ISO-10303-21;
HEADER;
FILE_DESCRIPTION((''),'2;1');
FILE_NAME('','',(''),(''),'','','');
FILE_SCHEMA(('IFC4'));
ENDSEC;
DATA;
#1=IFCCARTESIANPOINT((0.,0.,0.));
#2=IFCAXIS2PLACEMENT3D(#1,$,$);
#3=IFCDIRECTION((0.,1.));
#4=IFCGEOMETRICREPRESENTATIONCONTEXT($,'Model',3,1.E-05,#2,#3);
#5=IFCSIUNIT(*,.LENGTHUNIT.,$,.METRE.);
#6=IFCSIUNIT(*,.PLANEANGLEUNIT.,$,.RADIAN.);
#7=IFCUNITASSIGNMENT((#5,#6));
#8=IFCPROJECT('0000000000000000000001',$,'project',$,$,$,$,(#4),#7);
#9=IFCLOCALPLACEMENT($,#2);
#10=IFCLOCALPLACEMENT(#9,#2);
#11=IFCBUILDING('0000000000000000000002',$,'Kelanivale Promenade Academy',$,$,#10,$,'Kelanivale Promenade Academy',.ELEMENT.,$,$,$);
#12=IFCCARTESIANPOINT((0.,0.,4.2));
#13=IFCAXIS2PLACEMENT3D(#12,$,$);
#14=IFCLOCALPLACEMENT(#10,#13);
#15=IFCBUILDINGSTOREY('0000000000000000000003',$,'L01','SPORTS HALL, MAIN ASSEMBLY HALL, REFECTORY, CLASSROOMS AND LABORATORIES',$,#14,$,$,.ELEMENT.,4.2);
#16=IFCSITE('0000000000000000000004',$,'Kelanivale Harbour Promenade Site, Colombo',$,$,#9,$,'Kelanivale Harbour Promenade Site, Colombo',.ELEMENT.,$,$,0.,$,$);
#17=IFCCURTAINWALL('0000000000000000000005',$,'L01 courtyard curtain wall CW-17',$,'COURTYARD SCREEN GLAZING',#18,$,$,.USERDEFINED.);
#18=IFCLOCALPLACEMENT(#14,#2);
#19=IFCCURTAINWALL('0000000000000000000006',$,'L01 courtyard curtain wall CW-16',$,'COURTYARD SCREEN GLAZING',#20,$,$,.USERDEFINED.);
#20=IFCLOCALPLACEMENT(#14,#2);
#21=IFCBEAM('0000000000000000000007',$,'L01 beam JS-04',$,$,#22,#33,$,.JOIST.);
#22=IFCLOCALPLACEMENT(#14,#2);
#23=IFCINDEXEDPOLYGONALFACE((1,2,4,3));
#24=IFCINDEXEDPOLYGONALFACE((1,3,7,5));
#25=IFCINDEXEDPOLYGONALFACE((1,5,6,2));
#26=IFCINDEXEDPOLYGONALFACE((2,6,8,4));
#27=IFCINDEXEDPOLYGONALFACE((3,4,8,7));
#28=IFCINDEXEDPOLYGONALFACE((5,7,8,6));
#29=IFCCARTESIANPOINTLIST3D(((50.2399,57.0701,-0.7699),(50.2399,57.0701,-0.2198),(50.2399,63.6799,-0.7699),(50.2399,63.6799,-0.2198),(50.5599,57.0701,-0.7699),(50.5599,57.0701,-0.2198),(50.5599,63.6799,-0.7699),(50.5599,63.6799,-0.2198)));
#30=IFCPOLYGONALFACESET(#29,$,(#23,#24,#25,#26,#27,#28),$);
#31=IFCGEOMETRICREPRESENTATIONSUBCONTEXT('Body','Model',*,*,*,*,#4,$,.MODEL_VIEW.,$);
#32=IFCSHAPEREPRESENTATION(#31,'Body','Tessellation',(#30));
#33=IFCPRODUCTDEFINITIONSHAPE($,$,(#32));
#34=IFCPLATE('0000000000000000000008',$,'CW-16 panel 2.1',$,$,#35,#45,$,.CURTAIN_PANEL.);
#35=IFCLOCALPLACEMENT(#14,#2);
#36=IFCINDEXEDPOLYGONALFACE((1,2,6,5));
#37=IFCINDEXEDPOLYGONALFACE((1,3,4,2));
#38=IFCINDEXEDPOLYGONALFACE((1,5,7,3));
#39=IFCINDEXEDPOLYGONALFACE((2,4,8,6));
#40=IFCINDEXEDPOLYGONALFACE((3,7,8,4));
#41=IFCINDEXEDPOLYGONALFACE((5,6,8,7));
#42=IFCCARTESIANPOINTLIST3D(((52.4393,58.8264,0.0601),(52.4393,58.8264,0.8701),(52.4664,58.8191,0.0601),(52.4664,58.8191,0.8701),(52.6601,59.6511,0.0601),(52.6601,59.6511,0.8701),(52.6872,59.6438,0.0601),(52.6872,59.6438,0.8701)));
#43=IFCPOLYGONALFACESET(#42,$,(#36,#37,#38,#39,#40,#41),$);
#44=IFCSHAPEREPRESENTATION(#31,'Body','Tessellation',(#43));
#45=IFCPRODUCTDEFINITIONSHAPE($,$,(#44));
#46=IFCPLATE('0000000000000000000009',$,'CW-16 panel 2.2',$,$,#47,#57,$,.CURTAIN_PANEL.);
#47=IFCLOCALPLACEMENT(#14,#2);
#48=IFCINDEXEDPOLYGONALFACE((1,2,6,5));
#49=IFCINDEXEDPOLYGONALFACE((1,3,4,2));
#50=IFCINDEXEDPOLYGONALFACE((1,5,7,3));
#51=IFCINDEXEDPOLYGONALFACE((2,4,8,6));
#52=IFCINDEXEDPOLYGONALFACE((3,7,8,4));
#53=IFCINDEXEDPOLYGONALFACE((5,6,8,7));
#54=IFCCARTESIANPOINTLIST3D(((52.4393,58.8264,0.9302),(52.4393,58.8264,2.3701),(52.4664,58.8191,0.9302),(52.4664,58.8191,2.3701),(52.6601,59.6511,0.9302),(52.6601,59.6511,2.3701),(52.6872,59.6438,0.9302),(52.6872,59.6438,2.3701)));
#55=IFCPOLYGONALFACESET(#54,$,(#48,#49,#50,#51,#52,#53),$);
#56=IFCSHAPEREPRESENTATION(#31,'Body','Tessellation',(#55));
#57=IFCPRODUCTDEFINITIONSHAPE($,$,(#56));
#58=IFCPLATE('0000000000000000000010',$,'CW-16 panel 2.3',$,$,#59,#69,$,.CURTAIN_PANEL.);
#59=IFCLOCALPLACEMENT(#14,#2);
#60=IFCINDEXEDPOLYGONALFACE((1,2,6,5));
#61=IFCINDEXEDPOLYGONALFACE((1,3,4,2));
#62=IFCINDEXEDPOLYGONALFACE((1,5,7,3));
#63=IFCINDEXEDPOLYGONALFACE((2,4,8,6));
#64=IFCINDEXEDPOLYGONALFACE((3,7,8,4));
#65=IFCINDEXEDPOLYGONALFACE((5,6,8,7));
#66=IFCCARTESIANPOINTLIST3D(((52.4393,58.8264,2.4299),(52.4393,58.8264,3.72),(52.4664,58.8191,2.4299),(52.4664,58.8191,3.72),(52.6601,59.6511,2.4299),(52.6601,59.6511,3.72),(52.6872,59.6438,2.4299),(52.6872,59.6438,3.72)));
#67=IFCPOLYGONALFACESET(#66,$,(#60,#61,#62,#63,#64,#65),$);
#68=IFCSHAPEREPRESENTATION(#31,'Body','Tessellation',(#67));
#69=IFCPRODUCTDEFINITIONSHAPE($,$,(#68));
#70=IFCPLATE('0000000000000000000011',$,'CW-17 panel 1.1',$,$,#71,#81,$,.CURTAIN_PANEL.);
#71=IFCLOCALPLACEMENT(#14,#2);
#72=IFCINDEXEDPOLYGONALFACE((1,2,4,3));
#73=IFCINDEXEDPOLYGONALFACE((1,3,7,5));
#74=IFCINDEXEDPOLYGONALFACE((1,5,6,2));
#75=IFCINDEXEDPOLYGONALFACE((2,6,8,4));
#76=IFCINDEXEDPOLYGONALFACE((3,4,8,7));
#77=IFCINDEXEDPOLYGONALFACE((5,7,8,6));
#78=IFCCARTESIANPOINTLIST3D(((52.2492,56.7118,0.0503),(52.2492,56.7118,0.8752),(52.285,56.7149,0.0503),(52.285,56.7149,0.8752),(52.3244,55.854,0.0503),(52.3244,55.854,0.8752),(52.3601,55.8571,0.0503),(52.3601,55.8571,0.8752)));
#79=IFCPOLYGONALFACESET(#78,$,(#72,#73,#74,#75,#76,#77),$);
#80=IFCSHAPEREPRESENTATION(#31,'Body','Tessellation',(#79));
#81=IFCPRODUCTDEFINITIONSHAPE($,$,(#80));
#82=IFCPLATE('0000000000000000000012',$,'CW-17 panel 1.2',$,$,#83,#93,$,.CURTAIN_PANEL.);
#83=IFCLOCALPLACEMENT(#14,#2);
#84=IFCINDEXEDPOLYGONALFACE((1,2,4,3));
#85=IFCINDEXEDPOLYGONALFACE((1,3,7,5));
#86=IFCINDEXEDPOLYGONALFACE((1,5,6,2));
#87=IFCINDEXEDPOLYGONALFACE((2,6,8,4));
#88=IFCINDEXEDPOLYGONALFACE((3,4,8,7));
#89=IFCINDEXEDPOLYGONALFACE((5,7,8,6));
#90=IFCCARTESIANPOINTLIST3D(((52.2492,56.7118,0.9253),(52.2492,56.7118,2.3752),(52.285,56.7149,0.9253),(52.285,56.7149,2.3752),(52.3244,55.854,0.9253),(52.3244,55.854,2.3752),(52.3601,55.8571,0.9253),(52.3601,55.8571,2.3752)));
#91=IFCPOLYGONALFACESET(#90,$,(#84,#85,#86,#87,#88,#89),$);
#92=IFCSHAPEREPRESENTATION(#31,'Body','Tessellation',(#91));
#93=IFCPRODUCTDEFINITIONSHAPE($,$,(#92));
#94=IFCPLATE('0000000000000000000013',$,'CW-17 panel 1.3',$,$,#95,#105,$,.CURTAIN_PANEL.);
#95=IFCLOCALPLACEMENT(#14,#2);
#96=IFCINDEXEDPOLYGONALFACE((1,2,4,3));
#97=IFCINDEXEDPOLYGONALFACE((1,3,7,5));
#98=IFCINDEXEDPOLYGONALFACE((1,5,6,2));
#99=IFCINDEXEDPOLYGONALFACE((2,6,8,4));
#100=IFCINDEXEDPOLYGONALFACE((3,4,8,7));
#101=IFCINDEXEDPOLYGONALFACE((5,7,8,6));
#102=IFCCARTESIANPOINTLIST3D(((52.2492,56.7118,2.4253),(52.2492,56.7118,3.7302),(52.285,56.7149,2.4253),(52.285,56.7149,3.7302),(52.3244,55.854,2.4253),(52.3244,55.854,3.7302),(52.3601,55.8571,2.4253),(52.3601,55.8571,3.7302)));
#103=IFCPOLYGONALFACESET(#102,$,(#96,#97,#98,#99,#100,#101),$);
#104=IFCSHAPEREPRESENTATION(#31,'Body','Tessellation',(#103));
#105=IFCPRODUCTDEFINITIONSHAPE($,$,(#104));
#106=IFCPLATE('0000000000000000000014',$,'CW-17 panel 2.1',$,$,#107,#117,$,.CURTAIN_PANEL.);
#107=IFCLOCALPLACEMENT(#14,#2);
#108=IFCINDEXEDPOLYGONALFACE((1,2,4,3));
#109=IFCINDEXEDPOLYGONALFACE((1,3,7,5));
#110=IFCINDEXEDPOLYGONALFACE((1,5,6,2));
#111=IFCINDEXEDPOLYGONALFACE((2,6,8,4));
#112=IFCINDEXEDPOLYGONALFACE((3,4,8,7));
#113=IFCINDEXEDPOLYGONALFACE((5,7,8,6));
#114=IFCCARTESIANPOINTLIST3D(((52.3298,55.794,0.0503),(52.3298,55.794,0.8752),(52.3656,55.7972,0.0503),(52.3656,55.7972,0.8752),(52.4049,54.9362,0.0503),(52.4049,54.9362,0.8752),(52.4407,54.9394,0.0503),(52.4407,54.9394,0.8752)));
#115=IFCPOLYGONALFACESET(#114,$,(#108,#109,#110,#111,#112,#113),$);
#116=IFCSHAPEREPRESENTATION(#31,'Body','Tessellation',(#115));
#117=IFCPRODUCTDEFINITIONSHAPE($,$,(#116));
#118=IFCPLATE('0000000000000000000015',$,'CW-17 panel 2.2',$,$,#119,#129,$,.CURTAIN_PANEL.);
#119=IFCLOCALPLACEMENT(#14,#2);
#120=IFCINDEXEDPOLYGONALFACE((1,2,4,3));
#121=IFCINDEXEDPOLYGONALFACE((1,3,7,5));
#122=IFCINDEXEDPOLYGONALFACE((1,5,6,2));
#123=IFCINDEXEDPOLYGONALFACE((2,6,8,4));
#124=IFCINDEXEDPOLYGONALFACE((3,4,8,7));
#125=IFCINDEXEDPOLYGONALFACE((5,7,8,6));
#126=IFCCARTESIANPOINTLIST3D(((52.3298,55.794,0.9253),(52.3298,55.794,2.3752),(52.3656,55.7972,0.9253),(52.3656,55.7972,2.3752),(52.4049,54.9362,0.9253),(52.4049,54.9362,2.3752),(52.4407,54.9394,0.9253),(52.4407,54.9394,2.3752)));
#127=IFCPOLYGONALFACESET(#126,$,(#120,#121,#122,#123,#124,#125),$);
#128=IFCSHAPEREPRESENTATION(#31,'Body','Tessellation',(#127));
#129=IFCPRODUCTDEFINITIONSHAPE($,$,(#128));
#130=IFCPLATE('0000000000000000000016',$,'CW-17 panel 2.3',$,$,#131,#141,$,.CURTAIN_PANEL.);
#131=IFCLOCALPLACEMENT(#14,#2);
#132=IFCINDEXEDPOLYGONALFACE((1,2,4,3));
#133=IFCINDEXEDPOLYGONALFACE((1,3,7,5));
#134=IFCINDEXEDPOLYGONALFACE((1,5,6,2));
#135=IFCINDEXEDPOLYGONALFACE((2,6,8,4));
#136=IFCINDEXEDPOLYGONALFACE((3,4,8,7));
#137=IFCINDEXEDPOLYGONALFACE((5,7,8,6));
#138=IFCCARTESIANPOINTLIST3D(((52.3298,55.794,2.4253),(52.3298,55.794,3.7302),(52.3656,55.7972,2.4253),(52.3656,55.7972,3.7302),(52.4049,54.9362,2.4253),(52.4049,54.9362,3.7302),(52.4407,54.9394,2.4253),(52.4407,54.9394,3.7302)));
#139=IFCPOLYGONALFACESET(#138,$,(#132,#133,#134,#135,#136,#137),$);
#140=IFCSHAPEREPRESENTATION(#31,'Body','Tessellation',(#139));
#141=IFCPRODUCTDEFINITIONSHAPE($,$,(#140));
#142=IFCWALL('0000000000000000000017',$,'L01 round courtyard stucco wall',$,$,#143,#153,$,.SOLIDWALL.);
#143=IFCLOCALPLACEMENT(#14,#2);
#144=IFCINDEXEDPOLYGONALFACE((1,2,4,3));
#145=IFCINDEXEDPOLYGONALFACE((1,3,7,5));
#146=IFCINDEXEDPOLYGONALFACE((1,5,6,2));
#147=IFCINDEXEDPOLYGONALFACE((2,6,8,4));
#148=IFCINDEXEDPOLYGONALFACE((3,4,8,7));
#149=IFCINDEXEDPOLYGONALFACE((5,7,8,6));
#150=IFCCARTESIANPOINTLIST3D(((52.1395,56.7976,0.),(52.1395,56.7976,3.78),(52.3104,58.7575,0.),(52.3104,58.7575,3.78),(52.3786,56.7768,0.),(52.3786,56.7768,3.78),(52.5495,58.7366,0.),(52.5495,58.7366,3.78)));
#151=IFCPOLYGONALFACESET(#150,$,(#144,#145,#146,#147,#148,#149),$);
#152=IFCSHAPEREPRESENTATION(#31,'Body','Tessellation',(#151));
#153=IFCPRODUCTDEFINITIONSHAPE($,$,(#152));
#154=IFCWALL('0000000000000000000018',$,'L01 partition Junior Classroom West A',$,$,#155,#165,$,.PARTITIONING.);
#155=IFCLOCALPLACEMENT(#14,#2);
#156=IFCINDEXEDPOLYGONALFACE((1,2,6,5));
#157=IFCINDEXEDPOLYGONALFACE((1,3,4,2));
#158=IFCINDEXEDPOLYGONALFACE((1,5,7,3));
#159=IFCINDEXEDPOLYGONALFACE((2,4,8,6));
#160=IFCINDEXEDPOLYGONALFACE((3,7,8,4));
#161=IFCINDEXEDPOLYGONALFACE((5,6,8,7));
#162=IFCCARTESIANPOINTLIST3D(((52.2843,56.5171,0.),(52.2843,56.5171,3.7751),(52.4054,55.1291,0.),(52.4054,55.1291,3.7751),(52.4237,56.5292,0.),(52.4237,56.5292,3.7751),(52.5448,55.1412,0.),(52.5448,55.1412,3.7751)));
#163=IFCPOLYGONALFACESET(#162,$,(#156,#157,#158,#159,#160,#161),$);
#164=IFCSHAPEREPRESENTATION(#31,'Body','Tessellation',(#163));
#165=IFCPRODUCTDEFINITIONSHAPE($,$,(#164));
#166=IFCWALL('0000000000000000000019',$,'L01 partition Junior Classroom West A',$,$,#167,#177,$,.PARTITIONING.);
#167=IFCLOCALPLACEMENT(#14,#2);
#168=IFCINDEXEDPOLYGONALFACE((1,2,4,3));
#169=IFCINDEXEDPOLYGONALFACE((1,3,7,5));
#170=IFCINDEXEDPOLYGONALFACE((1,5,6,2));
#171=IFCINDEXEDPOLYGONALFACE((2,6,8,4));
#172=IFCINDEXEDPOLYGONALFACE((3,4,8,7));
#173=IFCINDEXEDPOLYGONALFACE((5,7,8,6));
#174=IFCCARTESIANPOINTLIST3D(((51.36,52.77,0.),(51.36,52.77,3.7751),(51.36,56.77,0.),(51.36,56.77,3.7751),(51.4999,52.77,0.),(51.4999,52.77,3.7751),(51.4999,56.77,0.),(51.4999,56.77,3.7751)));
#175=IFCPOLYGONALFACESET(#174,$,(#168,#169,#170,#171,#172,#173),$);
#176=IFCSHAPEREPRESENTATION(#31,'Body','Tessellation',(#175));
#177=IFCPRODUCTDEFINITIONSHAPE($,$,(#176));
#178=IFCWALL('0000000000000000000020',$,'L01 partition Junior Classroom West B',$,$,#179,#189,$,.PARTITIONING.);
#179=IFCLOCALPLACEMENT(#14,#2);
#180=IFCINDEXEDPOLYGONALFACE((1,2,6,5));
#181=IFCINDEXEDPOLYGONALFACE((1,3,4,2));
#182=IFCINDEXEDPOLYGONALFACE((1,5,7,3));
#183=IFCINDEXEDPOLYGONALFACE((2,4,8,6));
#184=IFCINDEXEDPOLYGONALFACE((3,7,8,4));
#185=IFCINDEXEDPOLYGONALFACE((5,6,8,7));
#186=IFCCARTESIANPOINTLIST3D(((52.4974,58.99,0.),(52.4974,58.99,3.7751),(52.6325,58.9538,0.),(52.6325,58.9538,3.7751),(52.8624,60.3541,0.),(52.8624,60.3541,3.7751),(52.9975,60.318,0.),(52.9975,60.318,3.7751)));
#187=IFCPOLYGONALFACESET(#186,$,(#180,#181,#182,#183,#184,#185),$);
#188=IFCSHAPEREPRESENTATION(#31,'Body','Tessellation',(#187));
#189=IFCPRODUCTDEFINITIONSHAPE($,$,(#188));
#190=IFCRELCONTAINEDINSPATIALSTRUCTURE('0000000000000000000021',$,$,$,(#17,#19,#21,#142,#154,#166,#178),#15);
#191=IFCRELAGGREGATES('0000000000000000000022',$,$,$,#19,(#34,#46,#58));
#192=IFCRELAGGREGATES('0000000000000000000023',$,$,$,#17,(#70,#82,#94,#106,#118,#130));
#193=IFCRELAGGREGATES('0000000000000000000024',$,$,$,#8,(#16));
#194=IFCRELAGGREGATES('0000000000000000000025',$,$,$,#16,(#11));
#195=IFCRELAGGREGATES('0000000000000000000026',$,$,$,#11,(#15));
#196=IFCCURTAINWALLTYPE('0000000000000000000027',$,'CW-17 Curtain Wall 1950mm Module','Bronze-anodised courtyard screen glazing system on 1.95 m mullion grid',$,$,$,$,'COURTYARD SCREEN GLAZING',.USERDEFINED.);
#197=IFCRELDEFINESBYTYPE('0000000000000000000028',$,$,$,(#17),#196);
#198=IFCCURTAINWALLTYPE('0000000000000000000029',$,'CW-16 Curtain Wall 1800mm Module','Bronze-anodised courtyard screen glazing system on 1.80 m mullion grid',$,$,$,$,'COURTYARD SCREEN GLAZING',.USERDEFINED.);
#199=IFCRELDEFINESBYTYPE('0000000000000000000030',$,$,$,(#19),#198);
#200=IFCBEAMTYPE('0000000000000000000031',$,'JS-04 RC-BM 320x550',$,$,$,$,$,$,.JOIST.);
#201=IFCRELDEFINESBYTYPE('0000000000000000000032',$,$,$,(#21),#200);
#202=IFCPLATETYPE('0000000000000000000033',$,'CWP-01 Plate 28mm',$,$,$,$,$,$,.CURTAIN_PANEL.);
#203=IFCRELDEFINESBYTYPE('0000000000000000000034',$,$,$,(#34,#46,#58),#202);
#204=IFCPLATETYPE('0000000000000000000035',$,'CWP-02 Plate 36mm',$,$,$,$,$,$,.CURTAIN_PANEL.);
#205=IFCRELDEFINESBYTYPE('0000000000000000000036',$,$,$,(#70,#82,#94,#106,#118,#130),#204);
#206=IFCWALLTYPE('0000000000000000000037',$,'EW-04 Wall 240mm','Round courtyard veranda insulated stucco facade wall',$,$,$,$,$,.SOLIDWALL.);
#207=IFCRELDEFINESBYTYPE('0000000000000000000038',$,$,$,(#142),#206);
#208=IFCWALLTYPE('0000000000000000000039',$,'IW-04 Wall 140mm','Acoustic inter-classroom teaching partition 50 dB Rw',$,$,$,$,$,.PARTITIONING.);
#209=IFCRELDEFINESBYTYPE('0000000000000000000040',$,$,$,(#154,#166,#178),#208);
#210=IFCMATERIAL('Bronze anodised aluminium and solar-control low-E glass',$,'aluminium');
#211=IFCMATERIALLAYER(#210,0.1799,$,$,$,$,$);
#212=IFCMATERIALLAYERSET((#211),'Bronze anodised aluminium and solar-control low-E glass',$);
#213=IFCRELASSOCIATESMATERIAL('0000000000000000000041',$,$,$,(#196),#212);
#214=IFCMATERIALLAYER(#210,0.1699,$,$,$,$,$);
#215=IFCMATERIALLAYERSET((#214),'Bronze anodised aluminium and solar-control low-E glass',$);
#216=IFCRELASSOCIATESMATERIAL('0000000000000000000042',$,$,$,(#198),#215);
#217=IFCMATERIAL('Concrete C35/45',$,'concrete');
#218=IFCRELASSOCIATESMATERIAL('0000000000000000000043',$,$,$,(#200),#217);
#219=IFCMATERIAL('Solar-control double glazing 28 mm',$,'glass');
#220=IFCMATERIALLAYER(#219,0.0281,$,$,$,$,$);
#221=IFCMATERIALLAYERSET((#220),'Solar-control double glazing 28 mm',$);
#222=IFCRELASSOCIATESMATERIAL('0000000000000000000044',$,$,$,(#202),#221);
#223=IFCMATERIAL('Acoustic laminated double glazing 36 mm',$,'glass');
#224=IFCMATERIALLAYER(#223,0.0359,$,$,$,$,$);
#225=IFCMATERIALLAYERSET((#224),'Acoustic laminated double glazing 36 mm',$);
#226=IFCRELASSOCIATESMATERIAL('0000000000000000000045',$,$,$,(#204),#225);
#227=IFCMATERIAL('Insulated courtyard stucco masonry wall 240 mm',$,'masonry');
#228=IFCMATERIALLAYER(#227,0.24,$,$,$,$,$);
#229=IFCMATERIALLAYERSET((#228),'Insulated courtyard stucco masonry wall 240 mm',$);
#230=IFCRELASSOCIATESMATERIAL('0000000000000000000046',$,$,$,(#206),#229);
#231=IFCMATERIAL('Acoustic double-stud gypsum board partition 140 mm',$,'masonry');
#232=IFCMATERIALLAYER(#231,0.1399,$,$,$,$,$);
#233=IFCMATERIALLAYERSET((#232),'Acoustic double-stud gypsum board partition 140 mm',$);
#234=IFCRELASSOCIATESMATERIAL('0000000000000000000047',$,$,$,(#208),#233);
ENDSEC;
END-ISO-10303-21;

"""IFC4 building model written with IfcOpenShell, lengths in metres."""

from ifc_helpers import new_model, si_unit, direction, frame, frame_2d, origin, origin_2d, place, context, subcontext, project, spatial, rectangle, extrude, material, layer, layer_set, material_profile, profile_set, type_object, element, aggregate, save


model = new_model("IFC4")

# Units and contexts
model_context = context("Model", 3, precision=1e-05, world=origin(), true_north=direction((0.0, 1.0)))
body_context = subcontext(model_context, "Body", "Model", "MODEL_VIEW")
ifc_project = project(units=[si_unit("LENGTHUNIT", "METRE"), si_unit("PLANEANGLEUNIT", "RADIAN")], contexts=[model_context])

# Site, building, storey
site_placement = place(None, origin())
site = spatial("IfcSite", under=ifc_project, at=site_placement, Name="Kelanivale Harbour Promenade Site, Colombo", LongName="Kelanivale Harbour Promenade Site, Colombo", CompositionType="ELEMENT", RefElevation=0.0)
building_placement = place(site_placement, origin())
building = spatial("IfcBuilding", under=site, at=building_placement, Name="Kelanivale Promenade Academy", LongName="Kelanivale Promenade Academy", CompositionType="ELEMENT")
storey_placement = place(building_placement, frame((0.0, 0.0, 4.2)))
storey = spatial("IfcBuildingStorey", under=building, at=storey_placement, Name="L01", Description="SPORTS HALL, MAIN ASSEMBLY HALL, REFECTORY, CLASSROOMS AND LABORATORIES", CompositionType="ELEMENT", Elevation=4.2)

# Curtain wall
ifc_material_1 = material(Name="Bronze anodised aluminium and solar-control low-E glass", Category="aluminium")
ifc_layer_1 = layer(ifc_material_1, 0.1799)
ifc_layer_set_1 = layer_set([ifc_layer_1], Name="Bronze anodised aluminium and solar-control low-E glass")
curtain_wall_type_1 = type_object("IfcCurtainWallType", Name="CW-17 Curtain Wall 1950mm Module", Description="Bronze-anodised courtyard screen glazing system on 1.95 m mullion grid", ElementType="COURTYARD SCREEN GLAZING", PredefinedType="USERDEFINED", material=ifc_layer_set_1)
curtain_wall_1_placement = place(storey_placement, origin())
curtain_wall_1 = element("IfcCurtainWall", 1, at=curtain_wall_1_placement, inside=storey, type_object=curtain_wall_type_1, Name="L01 courtyard curtain wall CW-17", ObjectType="COURTYARD SCREEN GLAZING", PredefinedType="USERDEFINED")

# Curtain wall
ifc_layer_2 = layer(ifc_material_1, 0.1699)
ifc_layer_set_2 = layer_set([ifc_layer_2], Name="Bronze anodised aluminium and solar-control low-E glass")
curtain_wall_type_2 = type_object("IfcCurtainWallType", Name="CW-16 Curtain Wall 1800mm Module", Description="Bronze-anodised courtyard screen glazing system on 1.80 m mullion grid", ElementType="COURTYARD SCREEN GLAZING", PredefinedType="USERDEFINED", material=ifc_layer_set_2)
curtain_wall_2_placement = place(storey_placement, origin())
curtain_wall_2 = element("IfcCurtainWall", 2, at=curtain_wall_2_placement, inside=storey, type_object=curtain_wall_type_2, Name="L01 courtyard curtain wall CW-16", ObjectType="COURTYARD SCREEN GLAZING", PredefinedType="USERDEFINED")

# Beam
ifc_material_2 = material(Name="Concrete C35/45", Category="concrete")
ifc_material_profile_1 = material_profile(ifc_material_2, rectangle(XDim=0.3201, YDim=0.55, at=origin_2d()), Name="RC-BM 320x550")
ifc_profile_set_1 = profile_set([ifc_material_profile_1], Name="Concrete C35/45")
beam_type = type_object("IfcBeamType", Name="JS-04 RC-BM 320x550", PredefinedType="JOIST", material=ifc_profile_set_1)
beam_placement = place(storey_placement, frame((50.3999, 57.0701, -0.4949), z_axis=(0.0, 1.0, 0.0), x_axis=(-1.0, 0.0, 0.0)))
element("IfcBeam", 3, at=beam_placement, inside=storey, type_object=beam_type, Name="L01 beam JS-04", PredefinedType="JOIST", context=body_context, shape_type="SweptSolid", body=[
    extrude(rectangle(XDim=0.3201, YDim=0.55, at=origin_2d()), origin(), (0.0, 0.0, 1.0), 6.6099),
])

# Plates
ifc_material_3 = material(Name="Solar-control double glazing 28 mm", Category="glass")
ifc_layer_3 = layer(ifc_material_3, 0.0281)
ifc_layer_set_3 = layer_set([ifc_layer_3], Name="Solar-control double glazing 28 mm")
plate_type_1 = type_object("IfcPlateType", Name="CWP-01 Plate 28mm", PredefinedType="CURTAIN_PANEL", material=ifc_layer_set_3)
plate_1_placement = place(storey_placement, frame((52.5632, 59.2351, 0.0601), z_axis=(0.0, 0.0, 1.0), x_axis=(-0.258578, -0.96599, 0.0)))
plate_1 = element("IfcPlate", 4, at=plate_1_placement, type_object=plate_type_1, Name="CW-16 panel 2.1", PredefinedType="CURTAIN_PANEL", context=body_context, shape_type="SweptSolid", body=[
    extrude(rectangle(XDim=0.8538, YDim=0.0281, at=origin_2d()), origin(), (0.0, 0.0, 1.0), 0.8101),
])
plate_2_placement = place(storey_placement, frame((52.5632, 59.2351, 0.9302), z_axis=(0.0, 0.0, 1.0), x_axis=(-0.258578, -0.96599, 0.0)))
plate_2 = element("IfcPlate", 5, at=plate_2_placement, type_object=plate_type_1, Name="CW-16 panel 2.2", PredefinedType="CURTAIN_PANEL", context=body_context, shape_type="SweptSolid", body=[
    extrude(rectangle(XDim=0.8538, YDim=0.0281, at=origin_2d()), origin(), (0.0, 0.0, 1.0), 1.4399),
])
plate_3_placement = place(storey_placement, frame((52.5632, 59.2351, 2.4299), z_axis=(0.0, 0.0, 1.0), x_axis=(-0.258578, -0.96599, 0.0)))
plate_3 = element("IfcPlate", 6, at=plate_3_placement, type_object=plate_type_1, Name="CW-16 panel 2.3", PredefinedType="CURTAIN_PANEL", context=body_context, shape_type="SweptSolid", body=[
    extrude(rectangle(XDim=0.8538, YDim=0.0281, at=origin_2d()), origin(), (0.0, 0.0, 1.0), 1.29),
])
aggregate(curtain_wall_2, [plate_1, plate_2, plate_3])
ifc_material_4 = material(Name="Acoustic laminated double glazing 36 mm", Category="glass")
ifc_layer_4 = layer(ifc_material_4, 0.0359)
ifc_layer_set_4 = layer_set([ifc_layer_4], Name="Acoustic laminated double glazing 36 mm")
plate_type_2 = type_object("IfcPlateType", Name="CWP-02 Plate 36mm", PredefinedType="CURTAIN_PANEL", material=ifc_layer_set_4)
plate_4_placement = place(storey_placement, frame((52.3047, 56.2844, 0.0503), z_axis=(0.0, 0.0, 1.0), x_axis=(0.087265, -0.996185, 0.0)))
plate_4 = element("IfcPlate", 7, at=plate_4_placement, type_object=plate_type_2, Name="CW-17 panel 1.1", PredefinedType="CURTAIN_PANEL", context=body_context, shape_type="SweptSolid", body=[
    extrude(rectangle(XDim=0.8611, YDim=0.0359, at=origin_2d()), origin(), (0.0, 0.0, 1.0), 0.825),
])
plate_5_placement = place(storey_placement, frame((52.3047, 56.2844, 0.9253), z_axis=(0.0, 0.0, 1.0), x_axis=(0.087265, -0.996185, 0.0)))
plate_5 = element("IfcPlate", 8, at=plate_5_placement, type_object=plate_type_2, Name="CW-17 panel 1.2", PredefinedType="CURTAIN_PANEL", context=body_context, shape_type="SweptSolid", body=[
    extrude(rectangle(XDim=0.8611, YDim=0.0359, at=origin_2d()), origin(), (0.0, 0.0, 1.0), 1.45),
])
plate_6_placement = place(storey_placement, frame((52.3047, 56.2844, 2.4253), z_axis=(0.0, 0.0, 1.0), x_axis=(0.087265, -0.996185, 0.0)))
plate_6 = element("IfcPlate", 9, at=plate_6_placement, type_object=plate_type_2, Name="CW-17 panel 1.3", PredefinedType="CURTAIN_PANEL", context=body_context, shape_type="SweptSolid", body=[
    extrude(rectangle(XDim=0.8611, YDim=0.0359, at=origin_2d()), origin(), (0.0, 0.0, 1.0), 1.3049),
])
plate_7_placement = place(storey_placement, frame((52.3853, 55.3667, 0.0503), z_axis=(0.0, 0.0, 1.0), x_axis=(0.087265, -0.996185, 0.0)))
plate_7 = element("IfcPlate", 10, at=plate_7_placement, type_object=plate_type_2, Name="CW-17 panel 2.1", PredefinedType="CURTAIN_PANEL", context=body_context, shape_type="SweptSolid", body=[
    extrude(rectangle(XDim=0.8611, YDim=0.0359, at=origin_2d()), origin(), (0.0, 0.0, 1.0), 0.825),
])
plate_8_placement = place(storey_placement, frame((52.3853, 55.3667, 0.9253), z_axis=(0.0, 0.0, 1.0), x_axis=(0.087265, -0.996185, 0.0)))
plate_8 = element("IfcPlate", 11, at=plate_8_placement, type_object=plate_type_2, Name="CW-17 panel 2.2", PredefinedType="CURTAIN_PANEL", context=body_context, shape_type="SweptSolid", body=[
    extrude(rectangle(XDim=0.8611, YDim=0.0359, at=origin_2d()), origin(), (0.0, 0.0, 1.0), 1.45),
])
plate_9_placement = place(storey_placement, frame((52.3853, 55.3667, 2.4253), z_axis=(0.0, 0.0, 1.0), x_axis=(0.087265, -0.996185, 0.0)))
plate_9 = element("IfcPlate", 12, at=plate_9_placement, type_object=plate_type_2, Name="CW-17 panel 2.3", PredefinedType="CURTAIN_PANEL", context=body_context, shape_type="SweptSolid", body=[
    extrude(rectangle(XDim=0.8611, YDim=0.0359, at=origin_2d()), origin(), (0.0, 0.0, 1.0), 1.3049),
])
aggregate(curtain_wall_1, [plate_4, plate_5, plate_6, plate_7, plate_8, plate_9])

# Walls
ifc_material_5 = material(Name="Insulated courtyard stucco masonry wall 240 mm", Category="masonry")
ifc_layer_5 = layer(ifc_material_5, 0.24)
ifc_layer_set_5 = layer_set([ifc_layer_5], Name="Insulated courtyard stucco masonry wall 240 mm")
wall_type_1 = type_object("IfcWallType", Name="EW-04 Wall 240mm", Description="Round courtyard veranda insulated stucco facade wall", PredefinedType="SOLIDWALL", material=ifc_layer_set_5)
wall_1_placement = place(storey_placement, frame((52.4299, 58.7471, 0.0), z_axis=(0.0, 0.0, 1.0), x_axis=(-0.086865, -0.99622, 0.0)))
element("IfcWall", 13, at=wall_1_placement, inside=storey, type_object=wall_type_1, Name="L01 round courtyard stucco wall", PredefinedType="SOLIDWALL", context=body_context, shape_type="SweptSolid", body=[
    extrude(rectangle(XDim=1.9673, YDim=0.24, at=frame_2d((0.9836, 0.0))), origin(), (0.0, 0.0, 1.0), 3.78),
])
ifc_material_6 = material(Name="Acoustic double-stud gypsum board partition 140 mm", Category="masonry")
ifc_layer_6 = layer(ifc_material_6, 0.1399)
ifc_layer_set_6 = layer_set([ifc_layer_6], Name="Acoustic double-stud gypsum board partition 140 mm")
wall_type_2 = type_object("IfcWallType", Name="IW-04 Wall 140mm", Description="Acoustic inter-classroom teaching partition 50 dB Rw", PredefinedType="PARTITIONING", material=ifc_layer_set_6)
wall_2_placement = place(storey_placement, frame((52.4751, 55.135, 0.0), z_axis=(0.0, 0.0, 1.0), x_axis=(-0.086917, 0.996216, 0.0)))
element("IfcWall", 14, at=wall_2_placement, inside=storey, type_object=wall_type_2, Name="L01 partition Junior Classroom West A", PredefinedType="PARTITIONING", context=body_context, shape_type="SweptSolid", body=[
    extrude(rectangle(XDim=1.3933, YDim=0.1399, at=frame_2d((0.6968, 0.0))), origin(), (0.0, 0.0, 1.0), 3.7751),
])
wall_3_placement = place(storey_placement, frame((51.4299, 56.77, 0.0), z_axis=(0.0, 0.0, 1.0), x_axis=(0.0, -1.0, 0.0)))
element("IfcWall", 15, at=wall_3_placement, inside=storey, type_object=wall_type_2, Name="L01 partition Junior Classroom West A", PredefinedType="PARTITIONING", context=body_context, shape_type="SweptSolid", body=[
    extrude(rectangle(XDim=4.0, YDim=0.1399, at=frame_2d((2.0, 0.0))), origin(), (0.0, 0.0, 1.0), 3.7751),
])
wall_4_placement = place(storey_placement, frame((52.5649, 58.9719, 0.0), z_axis=(0.0, 0.0, 1.0), x_axis=(0.258491, 0.966014, 0.0)))
element("IfcWall", 16, at=wall_4_placement, inside=storey, type_object=wall_type_2, Name="L01 partition Junior Classroom West B", PredefinedType="PARTITIONING", context=body_context, shape_type="SweptSolid", body=[
    extrude(rectangle(XDim=1.4121, YDim=0.1399, at=frame_2d((0.7061, 0.0))), origin(), (0.0, 0.0, 1.0), 3.7751),
])

save(model, "model.ifc")
